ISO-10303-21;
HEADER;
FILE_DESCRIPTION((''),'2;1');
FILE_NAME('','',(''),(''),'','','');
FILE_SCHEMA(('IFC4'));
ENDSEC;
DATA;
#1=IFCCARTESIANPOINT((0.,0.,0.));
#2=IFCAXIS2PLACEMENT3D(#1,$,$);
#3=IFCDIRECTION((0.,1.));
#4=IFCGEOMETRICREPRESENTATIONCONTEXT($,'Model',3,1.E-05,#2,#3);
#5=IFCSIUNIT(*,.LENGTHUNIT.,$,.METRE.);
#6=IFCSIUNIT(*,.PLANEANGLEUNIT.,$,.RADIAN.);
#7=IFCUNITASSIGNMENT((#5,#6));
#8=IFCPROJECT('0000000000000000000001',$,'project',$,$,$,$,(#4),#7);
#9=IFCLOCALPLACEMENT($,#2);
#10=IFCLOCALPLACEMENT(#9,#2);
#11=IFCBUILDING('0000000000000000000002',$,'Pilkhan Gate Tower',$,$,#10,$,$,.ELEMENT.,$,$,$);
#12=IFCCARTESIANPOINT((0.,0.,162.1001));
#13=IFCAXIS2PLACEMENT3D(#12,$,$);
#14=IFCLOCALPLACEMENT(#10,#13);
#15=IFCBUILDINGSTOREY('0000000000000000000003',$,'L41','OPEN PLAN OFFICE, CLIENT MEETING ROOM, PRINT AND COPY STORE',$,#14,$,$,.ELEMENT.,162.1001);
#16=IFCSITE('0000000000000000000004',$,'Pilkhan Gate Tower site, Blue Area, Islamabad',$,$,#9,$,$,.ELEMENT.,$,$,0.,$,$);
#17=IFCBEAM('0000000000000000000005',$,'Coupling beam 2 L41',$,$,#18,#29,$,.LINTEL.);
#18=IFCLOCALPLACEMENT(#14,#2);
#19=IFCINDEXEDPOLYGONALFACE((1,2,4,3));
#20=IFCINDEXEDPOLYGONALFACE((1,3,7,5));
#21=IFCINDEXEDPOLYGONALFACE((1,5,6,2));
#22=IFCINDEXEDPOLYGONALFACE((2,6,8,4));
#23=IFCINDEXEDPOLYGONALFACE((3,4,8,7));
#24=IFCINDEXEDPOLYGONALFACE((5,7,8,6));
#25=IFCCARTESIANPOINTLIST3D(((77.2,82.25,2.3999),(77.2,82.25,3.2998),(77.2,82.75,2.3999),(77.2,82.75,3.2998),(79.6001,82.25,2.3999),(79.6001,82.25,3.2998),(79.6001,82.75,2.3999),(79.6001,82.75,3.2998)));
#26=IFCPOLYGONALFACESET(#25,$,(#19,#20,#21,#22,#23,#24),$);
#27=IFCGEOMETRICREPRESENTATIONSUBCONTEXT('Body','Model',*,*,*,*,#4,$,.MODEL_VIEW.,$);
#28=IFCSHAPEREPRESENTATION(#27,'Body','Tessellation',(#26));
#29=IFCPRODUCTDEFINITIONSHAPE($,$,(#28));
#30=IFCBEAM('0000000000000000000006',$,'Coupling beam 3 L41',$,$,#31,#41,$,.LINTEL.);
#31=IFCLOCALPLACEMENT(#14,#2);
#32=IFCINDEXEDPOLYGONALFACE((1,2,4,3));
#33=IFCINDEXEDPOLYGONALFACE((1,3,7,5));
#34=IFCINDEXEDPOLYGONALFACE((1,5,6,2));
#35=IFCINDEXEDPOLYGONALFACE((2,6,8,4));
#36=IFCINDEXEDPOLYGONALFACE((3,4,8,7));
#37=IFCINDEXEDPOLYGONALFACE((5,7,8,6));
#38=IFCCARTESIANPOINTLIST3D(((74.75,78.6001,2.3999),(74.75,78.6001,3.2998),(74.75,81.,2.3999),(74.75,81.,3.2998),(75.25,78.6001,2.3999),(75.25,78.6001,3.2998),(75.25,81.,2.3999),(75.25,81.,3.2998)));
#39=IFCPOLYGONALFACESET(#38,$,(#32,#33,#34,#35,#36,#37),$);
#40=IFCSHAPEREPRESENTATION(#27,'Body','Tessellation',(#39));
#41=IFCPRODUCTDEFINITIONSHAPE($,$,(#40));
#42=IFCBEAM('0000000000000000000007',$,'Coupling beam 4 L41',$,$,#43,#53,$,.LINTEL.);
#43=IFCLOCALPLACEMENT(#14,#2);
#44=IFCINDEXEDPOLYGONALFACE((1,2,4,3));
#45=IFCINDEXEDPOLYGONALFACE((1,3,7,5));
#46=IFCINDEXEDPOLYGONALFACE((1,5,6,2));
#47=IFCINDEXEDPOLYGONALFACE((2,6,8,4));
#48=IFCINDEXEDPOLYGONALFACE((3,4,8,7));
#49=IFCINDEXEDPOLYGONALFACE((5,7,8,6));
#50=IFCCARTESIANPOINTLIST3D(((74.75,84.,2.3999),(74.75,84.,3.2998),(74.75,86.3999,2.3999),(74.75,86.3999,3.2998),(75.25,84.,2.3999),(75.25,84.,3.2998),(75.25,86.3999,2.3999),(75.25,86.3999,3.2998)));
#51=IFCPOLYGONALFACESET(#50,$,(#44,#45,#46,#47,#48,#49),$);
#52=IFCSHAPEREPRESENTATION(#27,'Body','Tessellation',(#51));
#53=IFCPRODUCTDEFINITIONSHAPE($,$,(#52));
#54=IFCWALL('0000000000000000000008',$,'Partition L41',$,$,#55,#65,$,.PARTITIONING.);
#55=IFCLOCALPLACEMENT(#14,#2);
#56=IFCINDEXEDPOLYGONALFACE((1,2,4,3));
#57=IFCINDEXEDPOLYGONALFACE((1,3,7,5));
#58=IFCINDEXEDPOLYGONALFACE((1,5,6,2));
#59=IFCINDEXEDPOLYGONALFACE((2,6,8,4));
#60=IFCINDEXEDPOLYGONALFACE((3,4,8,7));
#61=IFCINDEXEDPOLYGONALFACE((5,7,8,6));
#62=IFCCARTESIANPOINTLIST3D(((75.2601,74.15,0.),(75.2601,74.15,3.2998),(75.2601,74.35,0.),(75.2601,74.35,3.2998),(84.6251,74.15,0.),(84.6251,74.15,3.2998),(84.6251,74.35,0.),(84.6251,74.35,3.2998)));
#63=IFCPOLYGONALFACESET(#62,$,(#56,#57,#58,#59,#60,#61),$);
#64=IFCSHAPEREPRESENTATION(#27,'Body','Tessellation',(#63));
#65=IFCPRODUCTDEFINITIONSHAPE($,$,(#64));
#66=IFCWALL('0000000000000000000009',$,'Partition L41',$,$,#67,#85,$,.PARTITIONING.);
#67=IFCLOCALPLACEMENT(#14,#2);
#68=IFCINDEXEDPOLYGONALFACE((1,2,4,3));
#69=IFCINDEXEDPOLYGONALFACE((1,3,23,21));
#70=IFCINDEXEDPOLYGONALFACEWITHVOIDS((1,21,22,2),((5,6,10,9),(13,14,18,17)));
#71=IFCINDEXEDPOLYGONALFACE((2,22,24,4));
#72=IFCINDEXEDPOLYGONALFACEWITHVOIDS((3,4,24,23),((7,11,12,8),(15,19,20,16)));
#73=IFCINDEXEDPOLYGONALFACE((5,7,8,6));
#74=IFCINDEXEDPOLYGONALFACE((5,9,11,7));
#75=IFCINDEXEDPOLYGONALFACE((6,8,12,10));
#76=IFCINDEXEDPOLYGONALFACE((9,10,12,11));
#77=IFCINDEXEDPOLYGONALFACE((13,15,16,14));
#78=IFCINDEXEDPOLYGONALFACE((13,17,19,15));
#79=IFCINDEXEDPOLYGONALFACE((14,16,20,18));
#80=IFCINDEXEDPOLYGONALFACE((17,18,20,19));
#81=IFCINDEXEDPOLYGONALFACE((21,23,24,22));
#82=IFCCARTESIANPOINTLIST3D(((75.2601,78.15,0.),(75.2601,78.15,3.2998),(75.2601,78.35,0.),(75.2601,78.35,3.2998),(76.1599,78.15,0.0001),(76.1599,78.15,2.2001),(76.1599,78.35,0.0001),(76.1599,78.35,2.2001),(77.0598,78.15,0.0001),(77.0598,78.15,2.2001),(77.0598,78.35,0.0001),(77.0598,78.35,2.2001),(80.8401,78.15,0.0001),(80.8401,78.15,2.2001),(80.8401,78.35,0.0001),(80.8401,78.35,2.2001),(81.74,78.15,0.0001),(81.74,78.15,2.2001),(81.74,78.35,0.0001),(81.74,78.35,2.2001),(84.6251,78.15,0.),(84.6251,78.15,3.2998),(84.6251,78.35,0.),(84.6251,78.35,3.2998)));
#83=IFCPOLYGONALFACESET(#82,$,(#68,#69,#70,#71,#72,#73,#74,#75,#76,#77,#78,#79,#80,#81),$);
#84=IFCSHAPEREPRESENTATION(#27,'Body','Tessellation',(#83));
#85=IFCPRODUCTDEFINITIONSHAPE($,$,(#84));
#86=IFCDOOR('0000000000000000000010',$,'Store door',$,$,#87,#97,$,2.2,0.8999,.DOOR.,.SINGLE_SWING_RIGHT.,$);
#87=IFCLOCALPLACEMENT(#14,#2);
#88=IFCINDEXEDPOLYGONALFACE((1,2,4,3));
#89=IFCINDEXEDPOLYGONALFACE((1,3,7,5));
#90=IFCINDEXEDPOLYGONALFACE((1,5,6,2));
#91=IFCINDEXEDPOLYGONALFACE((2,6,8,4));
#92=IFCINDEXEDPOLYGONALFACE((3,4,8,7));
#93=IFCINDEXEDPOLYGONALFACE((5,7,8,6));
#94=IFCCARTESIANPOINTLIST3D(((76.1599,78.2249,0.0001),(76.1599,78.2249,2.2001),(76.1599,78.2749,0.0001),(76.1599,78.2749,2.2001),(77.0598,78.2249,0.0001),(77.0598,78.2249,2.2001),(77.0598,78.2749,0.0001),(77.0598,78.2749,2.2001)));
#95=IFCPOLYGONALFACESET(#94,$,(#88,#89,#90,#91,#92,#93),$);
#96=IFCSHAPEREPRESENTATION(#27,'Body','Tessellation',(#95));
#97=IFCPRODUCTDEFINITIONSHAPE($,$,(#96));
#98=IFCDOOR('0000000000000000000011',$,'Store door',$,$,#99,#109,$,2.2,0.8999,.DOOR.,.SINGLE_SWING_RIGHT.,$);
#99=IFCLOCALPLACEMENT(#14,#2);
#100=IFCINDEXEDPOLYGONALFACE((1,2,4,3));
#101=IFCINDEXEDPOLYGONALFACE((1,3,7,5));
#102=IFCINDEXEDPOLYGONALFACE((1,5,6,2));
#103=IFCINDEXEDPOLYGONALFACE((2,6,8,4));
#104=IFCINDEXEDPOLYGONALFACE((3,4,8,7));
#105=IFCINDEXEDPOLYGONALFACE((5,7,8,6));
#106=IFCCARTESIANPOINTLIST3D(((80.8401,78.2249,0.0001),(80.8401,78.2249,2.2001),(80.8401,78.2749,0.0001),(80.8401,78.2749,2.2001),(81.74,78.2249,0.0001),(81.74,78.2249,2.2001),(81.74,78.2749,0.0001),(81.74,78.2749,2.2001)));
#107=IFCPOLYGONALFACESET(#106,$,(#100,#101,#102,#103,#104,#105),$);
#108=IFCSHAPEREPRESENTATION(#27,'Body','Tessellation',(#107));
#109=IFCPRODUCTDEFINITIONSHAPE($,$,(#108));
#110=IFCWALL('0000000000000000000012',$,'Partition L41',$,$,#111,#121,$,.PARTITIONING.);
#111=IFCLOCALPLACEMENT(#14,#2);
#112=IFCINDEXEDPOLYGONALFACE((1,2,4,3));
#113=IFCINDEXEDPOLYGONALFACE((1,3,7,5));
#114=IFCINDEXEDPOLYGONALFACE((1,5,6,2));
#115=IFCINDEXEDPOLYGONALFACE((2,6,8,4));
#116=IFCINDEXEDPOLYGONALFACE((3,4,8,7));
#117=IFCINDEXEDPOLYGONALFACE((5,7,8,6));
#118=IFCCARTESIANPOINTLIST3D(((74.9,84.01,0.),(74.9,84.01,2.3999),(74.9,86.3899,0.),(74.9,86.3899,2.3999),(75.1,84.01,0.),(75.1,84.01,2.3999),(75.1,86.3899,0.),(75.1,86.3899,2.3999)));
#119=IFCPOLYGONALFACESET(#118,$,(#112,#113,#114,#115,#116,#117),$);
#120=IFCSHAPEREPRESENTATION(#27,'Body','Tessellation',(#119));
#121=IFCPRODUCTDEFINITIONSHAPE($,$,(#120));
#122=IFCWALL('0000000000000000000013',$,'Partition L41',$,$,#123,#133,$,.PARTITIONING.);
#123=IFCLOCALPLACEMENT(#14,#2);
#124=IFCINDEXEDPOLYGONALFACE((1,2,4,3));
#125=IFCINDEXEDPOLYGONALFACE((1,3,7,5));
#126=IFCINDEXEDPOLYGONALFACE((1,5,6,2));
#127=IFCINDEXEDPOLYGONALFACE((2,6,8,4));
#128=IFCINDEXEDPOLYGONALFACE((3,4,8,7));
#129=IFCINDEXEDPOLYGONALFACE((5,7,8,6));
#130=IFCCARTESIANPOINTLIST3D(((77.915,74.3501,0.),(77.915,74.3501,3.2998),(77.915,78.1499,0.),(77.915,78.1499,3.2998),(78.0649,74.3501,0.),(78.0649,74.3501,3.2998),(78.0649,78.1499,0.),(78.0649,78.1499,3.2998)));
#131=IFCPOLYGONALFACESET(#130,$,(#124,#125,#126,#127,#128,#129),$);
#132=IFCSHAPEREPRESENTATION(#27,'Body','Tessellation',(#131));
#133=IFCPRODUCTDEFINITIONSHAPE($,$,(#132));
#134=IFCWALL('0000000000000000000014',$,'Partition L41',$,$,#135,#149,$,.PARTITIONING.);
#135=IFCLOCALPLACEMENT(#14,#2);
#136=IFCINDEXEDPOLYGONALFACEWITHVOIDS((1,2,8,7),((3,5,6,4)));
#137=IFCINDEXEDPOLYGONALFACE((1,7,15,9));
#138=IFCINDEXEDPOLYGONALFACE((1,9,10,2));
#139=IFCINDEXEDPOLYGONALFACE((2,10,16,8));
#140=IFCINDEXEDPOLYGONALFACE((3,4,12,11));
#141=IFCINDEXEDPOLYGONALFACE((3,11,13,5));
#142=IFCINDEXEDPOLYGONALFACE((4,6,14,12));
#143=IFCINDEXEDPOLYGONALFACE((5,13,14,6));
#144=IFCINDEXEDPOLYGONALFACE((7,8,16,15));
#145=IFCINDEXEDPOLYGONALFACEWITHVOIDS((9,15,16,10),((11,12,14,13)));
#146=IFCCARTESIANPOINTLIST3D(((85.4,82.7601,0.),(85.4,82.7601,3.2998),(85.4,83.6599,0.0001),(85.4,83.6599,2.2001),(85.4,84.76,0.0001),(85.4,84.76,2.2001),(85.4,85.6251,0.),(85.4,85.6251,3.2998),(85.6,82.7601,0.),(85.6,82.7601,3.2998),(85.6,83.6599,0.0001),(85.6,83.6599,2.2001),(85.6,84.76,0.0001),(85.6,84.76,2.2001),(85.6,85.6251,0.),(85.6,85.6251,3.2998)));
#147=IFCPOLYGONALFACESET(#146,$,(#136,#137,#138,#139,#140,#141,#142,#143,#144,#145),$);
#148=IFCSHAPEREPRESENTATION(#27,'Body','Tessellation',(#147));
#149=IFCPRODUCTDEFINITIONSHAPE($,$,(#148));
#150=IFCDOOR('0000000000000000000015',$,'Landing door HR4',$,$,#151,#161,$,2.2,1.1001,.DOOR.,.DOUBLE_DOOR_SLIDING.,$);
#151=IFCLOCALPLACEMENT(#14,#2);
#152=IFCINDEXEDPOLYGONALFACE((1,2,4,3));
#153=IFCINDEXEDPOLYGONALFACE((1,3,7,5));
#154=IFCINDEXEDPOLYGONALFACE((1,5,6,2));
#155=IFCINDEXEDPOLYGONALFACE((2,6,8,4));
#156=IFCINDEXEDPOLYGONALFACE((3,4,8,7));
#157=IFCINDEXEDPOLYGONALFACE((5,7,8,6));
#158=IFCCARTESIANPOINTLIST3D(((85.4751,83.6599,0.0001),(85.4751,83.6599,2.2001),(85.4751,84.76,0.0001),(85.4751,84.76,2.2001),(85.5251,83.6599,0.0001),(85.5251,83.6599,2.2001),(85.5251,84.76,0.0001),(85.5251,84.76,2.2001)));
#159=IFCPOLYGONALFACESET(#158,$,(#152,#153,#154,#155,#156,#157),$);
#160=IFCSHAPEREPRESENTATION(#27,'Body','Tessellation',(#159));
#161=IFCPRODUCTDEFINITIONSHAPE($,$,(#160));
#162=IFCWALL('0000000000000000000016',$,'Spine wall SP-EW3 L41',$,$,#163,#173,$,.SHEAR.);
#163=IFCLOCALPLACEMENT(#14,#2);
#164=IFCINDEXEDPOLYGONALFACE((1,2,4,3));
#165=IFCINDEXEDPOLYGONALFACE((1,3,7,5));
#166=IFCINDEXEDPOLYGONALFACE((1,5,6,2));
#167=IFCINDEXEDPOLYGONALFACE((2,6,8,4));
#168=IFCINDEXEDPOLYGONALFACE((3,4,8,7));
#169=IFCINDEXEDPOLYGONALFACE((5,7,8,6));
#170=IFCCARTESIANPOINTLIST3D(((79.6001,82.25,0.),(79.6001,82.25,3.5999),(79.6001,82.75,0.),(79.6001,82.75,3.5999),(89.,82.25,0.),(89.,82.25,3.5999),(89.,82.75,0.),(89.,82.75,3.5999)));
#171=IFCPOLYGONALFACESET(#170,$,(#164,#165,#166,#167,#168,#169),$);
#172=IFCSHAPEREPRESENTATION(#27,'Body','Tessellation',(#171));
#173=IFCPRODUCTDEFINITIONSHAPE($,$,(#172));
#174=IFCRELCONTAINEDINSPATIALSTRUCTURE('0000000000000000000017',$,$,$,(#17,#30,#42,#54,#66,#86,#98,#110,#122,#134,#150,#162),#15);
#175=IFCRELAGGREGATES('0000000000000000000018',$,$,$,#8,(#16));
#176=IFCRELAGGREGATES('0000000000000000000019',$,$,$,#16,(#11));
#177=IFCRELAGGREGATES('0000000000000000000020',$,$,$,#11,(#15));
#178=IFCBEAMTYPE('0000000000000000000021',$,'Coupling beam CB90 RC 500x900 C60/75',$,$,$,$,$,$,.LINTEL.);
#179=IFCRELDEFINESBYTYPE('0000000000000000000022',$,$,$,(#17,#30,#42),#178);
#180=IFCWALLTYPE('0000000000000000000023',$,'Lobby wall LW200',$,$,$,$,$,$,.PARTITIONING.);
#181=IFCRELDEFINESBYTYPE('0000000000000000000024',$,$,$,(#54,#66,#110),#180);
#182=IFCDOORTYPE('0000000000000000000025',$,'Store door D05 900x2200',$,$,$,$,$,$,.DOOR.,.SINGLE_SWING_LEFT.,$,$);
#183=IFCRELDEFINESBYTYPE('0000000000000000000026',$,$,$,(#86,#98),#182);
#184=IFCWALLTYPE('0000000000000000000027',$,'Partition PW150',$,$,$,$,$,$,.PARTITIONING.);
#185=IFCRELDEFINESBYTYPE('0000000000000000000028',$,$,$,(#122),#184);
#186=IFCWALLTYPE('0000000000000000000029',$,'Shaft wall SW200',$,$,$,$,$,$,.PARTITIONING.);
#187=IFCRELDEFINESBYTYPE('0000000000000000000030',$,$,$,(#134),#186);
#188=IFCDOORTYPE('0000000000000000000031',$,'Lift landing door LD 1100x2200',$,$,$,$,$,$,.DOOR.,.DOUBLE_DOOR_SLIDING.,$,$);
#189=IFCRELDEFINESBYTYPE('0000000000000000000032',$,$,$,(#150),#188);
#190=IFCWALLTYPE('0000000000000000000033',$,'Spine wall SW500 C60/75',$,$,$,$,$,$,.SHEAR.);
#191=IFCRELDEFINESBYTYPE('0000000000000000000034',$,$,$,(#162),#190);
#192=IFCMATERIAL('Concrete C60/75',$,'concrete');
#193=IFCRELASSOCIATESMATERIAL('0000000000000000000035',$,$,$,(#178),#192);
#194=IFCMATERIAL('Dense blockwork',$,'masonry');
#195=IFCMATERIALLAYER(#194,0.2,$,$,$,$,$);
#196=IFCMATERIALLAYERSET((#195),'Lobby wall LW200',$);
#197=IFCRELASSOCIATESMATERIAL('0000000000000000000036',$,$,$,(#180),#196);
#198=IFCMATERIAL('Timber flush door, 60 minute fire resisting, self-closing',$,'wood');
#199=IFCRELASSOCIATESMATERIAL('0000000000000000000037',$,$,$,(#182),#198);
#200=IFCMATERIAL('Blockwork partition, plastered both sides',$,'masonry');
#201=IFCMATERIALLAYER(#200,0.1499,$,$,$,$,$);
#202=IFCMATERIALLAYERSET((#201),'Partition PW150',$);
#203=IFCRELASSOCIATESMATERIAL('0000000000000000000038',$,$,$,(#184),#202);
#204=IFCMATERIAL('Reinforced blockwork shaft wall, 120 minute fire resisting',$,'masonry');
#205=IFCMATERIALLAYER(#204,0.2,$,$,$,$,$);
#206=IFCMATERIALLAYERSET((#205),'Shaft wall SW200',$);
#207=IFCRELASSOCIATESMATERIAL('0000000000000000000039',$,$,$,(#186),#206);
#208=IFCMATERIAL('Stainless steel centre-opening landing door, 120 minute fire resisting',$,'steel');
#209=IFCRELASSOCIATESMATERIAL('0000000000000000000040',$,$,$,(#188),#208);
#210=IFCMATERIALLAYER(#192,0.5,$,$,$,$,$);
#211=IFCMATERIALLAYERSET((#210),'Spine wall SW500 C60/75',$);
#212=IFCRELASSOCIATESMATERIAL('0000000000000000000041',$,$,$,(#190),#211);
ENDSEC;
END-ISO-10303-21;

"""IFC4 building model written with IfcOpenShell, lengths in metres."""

from ifc_helpers import new_model, si_unit, direction, frame, frame_2d, origin, origin_2d, place, context, subcontext, project, spatial, rectangle, extrude, material, layer, layer_set, material_profile, profile_set, type_object, element, fill, save


model = new_model("IFC4")

# Units and contexts
model_context = context("Model", 3, precision=1e-05, world=origin(), true_north=direction((0.0, 1.0)))
body_context = subcontext(model_context, "Body", "Model", "MODEL_VIEW")
ifc_project = project(units=[si_unit("LENGTHUNIT", "METRE"), si_unit("PLANEANGLEUNIT", "RADIAN")], contexts=[model_context])

# Site, building, storey
site_placement = place(None, origin())
site = spatial("IfcSite", under=ifc_project, at=site_placement, Name="Pilkhan Gate Tower site, Blue Area, Islamabad", CompositionType="ELEMENT", RefElevation=0.0)
building_placement = place(site_placement, origin())
building = spatial("IfcBuilding", under=site, at=building_placement, Name="Pilkhan Gate Tower", CompositionType="ELEMENT")
storey_placement = place(building_placement, frame((0.0, 0.0, 162.1001)))
storey = spatial("IfcBuildingStorey", under=building, at=storey_placement, Name="L41", Description="OPEN PLAN OFFICE, CLIENT MEETING ROOM, PRINT AND COPY STORE", CompositionType="ELEMENT", Elevation=162.1001)

# Beams
ifc_material_1 = material(Name="Concrete C60/75", Category="concrete")
ifc_material_profile = material_profile(ifc_material_1, rectangle(XDim=0.5, YDim=0.8999, at=origin_2d()), Name="RC 500x900")
ifc_profile_set = profile_set([ifc_material_profile], Name="Concrete C60/75")
beam_type = type_object("IfcBeamType", Name="Coupling beam CB90 RC 500x900 C60/75", PredefinedType="LINTEL", material=ifc_profile_set)
beam_placement = place(storey_placement, frame((77.2, 82.5, 2.8499), z_axis=(1.0, 0.0, 0.0), x_axis=(0.0, 1.0, 0.0)))
element("IfcBeam", 1, at=beam_placement, inside=storey, type_object=beam_type, Name="Coupling beam 2 L41", PredefinedType="LINTEL", context=body_context, shape_type="SweptSolid", body=[
    extrude(rectangle(XDim=0.5, YDim=0.8999, at=origin_2d()), origin(), (0.0, 0.0, 1.0), 2.4001),
])
for number, where, z_axis, x_axis, name in (
    (2, (75.0, 78.6001, 2.8499), (0.0, 1.0, 0.0), (-1.0, 0.0, 0.0), "Coupling beam 3 L41"),
    (3, (75.0, 84.0, 2.8499), (0.0, 1.0, 0.0), (-1.0, 0.0, 0.0), "Coupling beam 4 L41"),
):
    element("IfcBeam", number, at=place(storey_placement, frame(where, z_axis=z_axis, x_axis=x_axis)), inside=storey, type_object=beam_type, Name=name, PredefinedType="LINTEL", context=body_context, shape_type="SweptSolid", body=[
        extrude(rectangle(XDim=0.5, YDim=0.8999, at=origin_2d()), origin(), (0.0, 0.0, 1.0), 2.3999),
    ])

# Wall
ifc_material_2 = material(Name="Dense blockwork", Category="masonry")
ifc_layer_1 = layer(ifc_material_2, 0.2)
ifc_layer_set_1 = layer_set([ifc_layer_1], Name="Lobby wall LW200")
wall_type_1 = type_object("IfcWallType", Name="Lobby wall LW200", PredefinedType="PARTITIONING", material=ifc_layer_set_1)
wall_1_placement = place(storey_placement, frame((75.26, 74.25, 0.0), z_axis=(0.0, 0.0, 1.0), x_axis=(1.0, 0.0, 0.0)))
element("IfcWall", 4, at=wall_1_placement, inside=storey, type_object=wall_type_1, Name="Partition L41", PredefinedType="PARTITIONING", context=body_context, shape_type="SweptSolid", body=[
    extrude(rectangle(XDim=9.365, YDim=0.2, at=frame_2d((4.6826, 0.0))), origin(), (0.0, 0.0, 1.0), 3.2998),
])

# Wall, openings, doors
wall_2_placement = place(storey_placement, frame((75.26, 78.25, 0.0), z_axis=(0.0, 0.0, 1.0), x_axis=(1.0, 0.0, 0.0)))
wall_2 = element("IfcWall", 5, at=wall_2_placement, inside=storey, type_object=wall_type_1, Name="Partition L41", PredefinedType="PARTITIONING", context=body_context, shape_type="SweptSolid", body=[
    extrude(rectangle(XDim=9.365, YDim=0.2, at=frame_2d((4.6826, 0.0))), origin(), (0.0, 0.0, 1.0), 3.2998),
])
opening_1_placement = place(wall_2_placement, frame((0.8999, 0.0, 0.0)))
opening_1 = element("IfcOpeningElement", 6, at=opening_1_placement, cuts=wall_2, PredefinedType="OPENING", context=body_context, shape_type="SweptSolid", body=[
    extrude(rectangle(XDim=0.8999, YDim=2.2, at=frame_2d((0.45, 1.1001))), frame((0.0, 0.1099, 0.0), z_axis=(0.0, -1.0, 0.0), x_axis=(1.0, 0.0, 0.0)), (0.0, 0.0, 1.0), 0.22),
])
opening_2_placement = place(wall_2_placement, frame((5.5801, 0.0, 0.0)))
opening_2 = element("IfcOpeningElement", 7, at=opening_2_placement, cuts=wall_2, PredefinedType="OPENING", context=body_context, shape_type="SweptSolid", body=[
    extrude(rectangle(XDim=0.8999, YDim=2.2, at=frame_2d((0.45, 1.1001))), frame((0.0, 0.1099, 0.0), z_axis=(0.0, -1.0, 0.0), x_axis=(1.0, 0.0, 0.0)), (0.0, 0.0, 1.0), 0.22),
])
ifc_material_3 = material(Name="Timber flush door, 60 minute fire resisting, self-closing", Category="wood")
door_type_1 = type_object("IfcDoorType", Name="Store door D05 900x2200", OperationType="SINGLE_SWING_LEFT", PredefinedType="DOOR", material=ifc_material_3)
door_1_placement = place(opening_1_placement, origin())
door_1 = element("IfcDoor", 8, at=door_1_placement, inside=storey, type_object=door_type_1, Name="Store door", OperationType="SINGLE_SWING_RIGHT", OverallHeight=2.2, OverallWidth=0.8999, PredefinedType="DOOR", context=body_context, shape_type="SweptSolid", body=[
    extrude(rectangle(XDim=0.8999, YDim=2.2, at=frame_2d((0.45, 1.1001))), frame((0.0, 0.0249, 0.0), z_axis=(0.0, -1.0, 0.0), x_axis=(1.0, 0.0, 0.0)), (0.0, 0.0, 1.0), 0.05),
])
fill(opening_1, door_1)
door_2_placement = place(opening_2_placement, origin())
door_2 = element("IfcDoor", 9, at=door_2_placement, inside=storey, type_object=door_type_1, Name="Store door", OperationType="SINGLE_SWING_RIGHT", OverallHeight=2.2, OverallWidth=0.8999, PredefinedType="DOOR", context=body_context, shape_type="SweptSolid", body=[
    extrude(rectangle(XDim=0.8999, YDim=2.2, at=frame_2d((0.45, 1.1001))), frame((0.0, 0.0249, 0.0), z_axis=(0.0, -1.0, 0.0), x_axis=(1.0, 0.0, 0.0)), (0.0, 0.0, 1.0), 0.05),
])
fill(opening_2, door_2)

# Walls
wall_3_placement = place(storey_placement, frame((75.0, 84.01, 0.0), z_axis=(0.0, 0.0, 1.0), x_axis=(0.0, 1.0, 0.0)))
element("IfcWall", 10, at=wall_3_placement, inside=storey, type_object=wall_type_1, Name="Partition L41", PredefinedType="PARTITIONING", context=body_context, shape_type="SweptSolid", body=[
    extrude(rectangle(XDim=2.3799, YDim=0.2, at=frame_2d((1.1899, 0.0))), origin(), (0.0, 0.0, 1.0), 2.3999),
])
ifc_material_4 = material(Name="Blockwork partition, plastered both sides", Category="masonry")
ifc_layer_2 = layer(ifc_material_4, 0.1499)
ifc_layer_set_2 = layer_set([ifc_layer_2], Name="Partition PW150")
wall_type_2 = type_object("IfcWallType", Name="Partition PW150", PredefinedType="PARTITIONING", material=ifc_layer_set_2)
wall_4_placement = place(storey_placement, frame((77.99, 74.3501, 0.0), z_axis=(0.0, 0.0, 1.0), x_axis=(0.0, 1.0, 0.0)))
element("IfcWall", 11, at=wall_4_placement, inside=storey, type_object=wall_type_2, Name="Partition L41", PredefinedType="PARTITIONING", context=body_context, shape_type="SweptSolid", body=[
    extrude(rectangle(XDim=3.7998, YDim=0.1499, at=frame_2d((1.8999, 0.0))), origin(), (0.0, 0.0, 1.0), 3.2998),
])

# Wall, opening, door
ifc_material_5 = material(Name="Reinforced blockwork shaft wall, 120 minute fire resisting", Category="masonry")
ifc_layer_3 = layer(ifc_material_5, 0.2)
ifc_layer_set_3 = layer_set([ifc_layer_3], Name="Shaft wall SW200")
wall_type_3 = type_object("IfcWallType", Name="Shaft wall SW200", PredefinedType="PARTITIONING", material=ifc_layer_set_3)
wall_5_placement = place(storey_placement, frame((85.5, 82.76, 0.0), z_axis=(0.0, 0.0, 1.0), x_axis=(0.0, 1.0, 0.0)))
wall_5 = element("IfcWall", 12, at=wall_5_placement, inside=storey, type_object=wall_type_3, Name="Partition L41", PredefinedType="PARTITIONING", context=body_context, shape_type="SweptSolid", body=[
    extrude(rectangle(XDim=2.865, YDim=0.2, at=frame_2d((1.4326, 0.0))), origin(), (0.0, 0.0, 1.0), 3.2998),
])
opening_3_placement = place(wall_5_placement, frame((0.8999, 0.0, 0.0)))
opening_3 = element("IfcOpeningElement", 13, at=opening_3_placement, cuts=wall_5, PredefinedType="OPENING", context=body_context, shape_type="SweptSolid", body=[
    extrude(rectangle(XDim=1.1001, YDim=2.2, at=frame_2d((0.55, 1.1001))), frame((0.0, 0.1099, 0.0), z_axis=(0.0, -1.0, 0.0), x_axis=(1.0, 0.0, 0.0)), (0.0, 0.0, 1.0), 0.22),
])
ifc_material_6 = material(Name="Stainless steel centre-opening landing door, 120 minute fire resisting", Category="steel")
door_type_2 = type_object("IfcDoorType", Name="Lift landing door LD 1100x2200", OperationType="DOUBLE_DOOR_SLIDING", PredefinedType="DOOR", material=ifc_material_6)
door_3_placement = place(opening_3_placement, origin())
door_3 = element("IfcDoor", 14, at=door_3_placement, inside=storey, type_object=door_type_2, Name="Landing door HR4", OperationType="DOUBLE_DOOR_SLIDING", OverallHeight=2.2, OverallWidth=1.1001, PredefinedType="DOOR", context=body_context, shape_type="SweptSolid", body=[
    extrude(rectangle(XDim=1.1001, YDim=2.2, at=frame_2d((0.55, 1.1001))), frame((0.0, 0.0249, 0.0), z_axis=(0.0, -1.0, 0.0), x_axis=(1.0, 0.0, 0.0)), (0.0, 0.0, 1.0), 0.05),
])
fill(opening_3, door_3)

# Wall
ifc_layer_4 = layer(ifc_material_1, 0.5)
ifc_layer_set_4 = layer_set([ifc_layer_4], Name="Spine wall SW500 C60/75")
wall_type_4 = type_object("IfcWallType", Name="Spine wall SW500 C60/75", PredefinedType="SHEAR", material=ifc_layer_set_4)
wall_6_placement = place(storey_placement, frame((79.6001, 82.5, 0.0), z_axis=(0.0, 0.0, 1.0), x_axis=(1.0, 0.0, 0.0)))
element("IfcWall", 15, at=wall_6_placement, inside=storey, type_object=wall_type_4, Name="Spine wall SP-EW3 L41", PredefinedType="SHEAR", context=body_context, shape_type="SweptSolid", body=[
    extrude(rectangle(XDim=9.3999, YDim=0.5, at=frame_2d((4.7, 0.0))), origin(), (0.0, 0.0, 1.0), 3.5999),
])

save(model, "model.ifc")
